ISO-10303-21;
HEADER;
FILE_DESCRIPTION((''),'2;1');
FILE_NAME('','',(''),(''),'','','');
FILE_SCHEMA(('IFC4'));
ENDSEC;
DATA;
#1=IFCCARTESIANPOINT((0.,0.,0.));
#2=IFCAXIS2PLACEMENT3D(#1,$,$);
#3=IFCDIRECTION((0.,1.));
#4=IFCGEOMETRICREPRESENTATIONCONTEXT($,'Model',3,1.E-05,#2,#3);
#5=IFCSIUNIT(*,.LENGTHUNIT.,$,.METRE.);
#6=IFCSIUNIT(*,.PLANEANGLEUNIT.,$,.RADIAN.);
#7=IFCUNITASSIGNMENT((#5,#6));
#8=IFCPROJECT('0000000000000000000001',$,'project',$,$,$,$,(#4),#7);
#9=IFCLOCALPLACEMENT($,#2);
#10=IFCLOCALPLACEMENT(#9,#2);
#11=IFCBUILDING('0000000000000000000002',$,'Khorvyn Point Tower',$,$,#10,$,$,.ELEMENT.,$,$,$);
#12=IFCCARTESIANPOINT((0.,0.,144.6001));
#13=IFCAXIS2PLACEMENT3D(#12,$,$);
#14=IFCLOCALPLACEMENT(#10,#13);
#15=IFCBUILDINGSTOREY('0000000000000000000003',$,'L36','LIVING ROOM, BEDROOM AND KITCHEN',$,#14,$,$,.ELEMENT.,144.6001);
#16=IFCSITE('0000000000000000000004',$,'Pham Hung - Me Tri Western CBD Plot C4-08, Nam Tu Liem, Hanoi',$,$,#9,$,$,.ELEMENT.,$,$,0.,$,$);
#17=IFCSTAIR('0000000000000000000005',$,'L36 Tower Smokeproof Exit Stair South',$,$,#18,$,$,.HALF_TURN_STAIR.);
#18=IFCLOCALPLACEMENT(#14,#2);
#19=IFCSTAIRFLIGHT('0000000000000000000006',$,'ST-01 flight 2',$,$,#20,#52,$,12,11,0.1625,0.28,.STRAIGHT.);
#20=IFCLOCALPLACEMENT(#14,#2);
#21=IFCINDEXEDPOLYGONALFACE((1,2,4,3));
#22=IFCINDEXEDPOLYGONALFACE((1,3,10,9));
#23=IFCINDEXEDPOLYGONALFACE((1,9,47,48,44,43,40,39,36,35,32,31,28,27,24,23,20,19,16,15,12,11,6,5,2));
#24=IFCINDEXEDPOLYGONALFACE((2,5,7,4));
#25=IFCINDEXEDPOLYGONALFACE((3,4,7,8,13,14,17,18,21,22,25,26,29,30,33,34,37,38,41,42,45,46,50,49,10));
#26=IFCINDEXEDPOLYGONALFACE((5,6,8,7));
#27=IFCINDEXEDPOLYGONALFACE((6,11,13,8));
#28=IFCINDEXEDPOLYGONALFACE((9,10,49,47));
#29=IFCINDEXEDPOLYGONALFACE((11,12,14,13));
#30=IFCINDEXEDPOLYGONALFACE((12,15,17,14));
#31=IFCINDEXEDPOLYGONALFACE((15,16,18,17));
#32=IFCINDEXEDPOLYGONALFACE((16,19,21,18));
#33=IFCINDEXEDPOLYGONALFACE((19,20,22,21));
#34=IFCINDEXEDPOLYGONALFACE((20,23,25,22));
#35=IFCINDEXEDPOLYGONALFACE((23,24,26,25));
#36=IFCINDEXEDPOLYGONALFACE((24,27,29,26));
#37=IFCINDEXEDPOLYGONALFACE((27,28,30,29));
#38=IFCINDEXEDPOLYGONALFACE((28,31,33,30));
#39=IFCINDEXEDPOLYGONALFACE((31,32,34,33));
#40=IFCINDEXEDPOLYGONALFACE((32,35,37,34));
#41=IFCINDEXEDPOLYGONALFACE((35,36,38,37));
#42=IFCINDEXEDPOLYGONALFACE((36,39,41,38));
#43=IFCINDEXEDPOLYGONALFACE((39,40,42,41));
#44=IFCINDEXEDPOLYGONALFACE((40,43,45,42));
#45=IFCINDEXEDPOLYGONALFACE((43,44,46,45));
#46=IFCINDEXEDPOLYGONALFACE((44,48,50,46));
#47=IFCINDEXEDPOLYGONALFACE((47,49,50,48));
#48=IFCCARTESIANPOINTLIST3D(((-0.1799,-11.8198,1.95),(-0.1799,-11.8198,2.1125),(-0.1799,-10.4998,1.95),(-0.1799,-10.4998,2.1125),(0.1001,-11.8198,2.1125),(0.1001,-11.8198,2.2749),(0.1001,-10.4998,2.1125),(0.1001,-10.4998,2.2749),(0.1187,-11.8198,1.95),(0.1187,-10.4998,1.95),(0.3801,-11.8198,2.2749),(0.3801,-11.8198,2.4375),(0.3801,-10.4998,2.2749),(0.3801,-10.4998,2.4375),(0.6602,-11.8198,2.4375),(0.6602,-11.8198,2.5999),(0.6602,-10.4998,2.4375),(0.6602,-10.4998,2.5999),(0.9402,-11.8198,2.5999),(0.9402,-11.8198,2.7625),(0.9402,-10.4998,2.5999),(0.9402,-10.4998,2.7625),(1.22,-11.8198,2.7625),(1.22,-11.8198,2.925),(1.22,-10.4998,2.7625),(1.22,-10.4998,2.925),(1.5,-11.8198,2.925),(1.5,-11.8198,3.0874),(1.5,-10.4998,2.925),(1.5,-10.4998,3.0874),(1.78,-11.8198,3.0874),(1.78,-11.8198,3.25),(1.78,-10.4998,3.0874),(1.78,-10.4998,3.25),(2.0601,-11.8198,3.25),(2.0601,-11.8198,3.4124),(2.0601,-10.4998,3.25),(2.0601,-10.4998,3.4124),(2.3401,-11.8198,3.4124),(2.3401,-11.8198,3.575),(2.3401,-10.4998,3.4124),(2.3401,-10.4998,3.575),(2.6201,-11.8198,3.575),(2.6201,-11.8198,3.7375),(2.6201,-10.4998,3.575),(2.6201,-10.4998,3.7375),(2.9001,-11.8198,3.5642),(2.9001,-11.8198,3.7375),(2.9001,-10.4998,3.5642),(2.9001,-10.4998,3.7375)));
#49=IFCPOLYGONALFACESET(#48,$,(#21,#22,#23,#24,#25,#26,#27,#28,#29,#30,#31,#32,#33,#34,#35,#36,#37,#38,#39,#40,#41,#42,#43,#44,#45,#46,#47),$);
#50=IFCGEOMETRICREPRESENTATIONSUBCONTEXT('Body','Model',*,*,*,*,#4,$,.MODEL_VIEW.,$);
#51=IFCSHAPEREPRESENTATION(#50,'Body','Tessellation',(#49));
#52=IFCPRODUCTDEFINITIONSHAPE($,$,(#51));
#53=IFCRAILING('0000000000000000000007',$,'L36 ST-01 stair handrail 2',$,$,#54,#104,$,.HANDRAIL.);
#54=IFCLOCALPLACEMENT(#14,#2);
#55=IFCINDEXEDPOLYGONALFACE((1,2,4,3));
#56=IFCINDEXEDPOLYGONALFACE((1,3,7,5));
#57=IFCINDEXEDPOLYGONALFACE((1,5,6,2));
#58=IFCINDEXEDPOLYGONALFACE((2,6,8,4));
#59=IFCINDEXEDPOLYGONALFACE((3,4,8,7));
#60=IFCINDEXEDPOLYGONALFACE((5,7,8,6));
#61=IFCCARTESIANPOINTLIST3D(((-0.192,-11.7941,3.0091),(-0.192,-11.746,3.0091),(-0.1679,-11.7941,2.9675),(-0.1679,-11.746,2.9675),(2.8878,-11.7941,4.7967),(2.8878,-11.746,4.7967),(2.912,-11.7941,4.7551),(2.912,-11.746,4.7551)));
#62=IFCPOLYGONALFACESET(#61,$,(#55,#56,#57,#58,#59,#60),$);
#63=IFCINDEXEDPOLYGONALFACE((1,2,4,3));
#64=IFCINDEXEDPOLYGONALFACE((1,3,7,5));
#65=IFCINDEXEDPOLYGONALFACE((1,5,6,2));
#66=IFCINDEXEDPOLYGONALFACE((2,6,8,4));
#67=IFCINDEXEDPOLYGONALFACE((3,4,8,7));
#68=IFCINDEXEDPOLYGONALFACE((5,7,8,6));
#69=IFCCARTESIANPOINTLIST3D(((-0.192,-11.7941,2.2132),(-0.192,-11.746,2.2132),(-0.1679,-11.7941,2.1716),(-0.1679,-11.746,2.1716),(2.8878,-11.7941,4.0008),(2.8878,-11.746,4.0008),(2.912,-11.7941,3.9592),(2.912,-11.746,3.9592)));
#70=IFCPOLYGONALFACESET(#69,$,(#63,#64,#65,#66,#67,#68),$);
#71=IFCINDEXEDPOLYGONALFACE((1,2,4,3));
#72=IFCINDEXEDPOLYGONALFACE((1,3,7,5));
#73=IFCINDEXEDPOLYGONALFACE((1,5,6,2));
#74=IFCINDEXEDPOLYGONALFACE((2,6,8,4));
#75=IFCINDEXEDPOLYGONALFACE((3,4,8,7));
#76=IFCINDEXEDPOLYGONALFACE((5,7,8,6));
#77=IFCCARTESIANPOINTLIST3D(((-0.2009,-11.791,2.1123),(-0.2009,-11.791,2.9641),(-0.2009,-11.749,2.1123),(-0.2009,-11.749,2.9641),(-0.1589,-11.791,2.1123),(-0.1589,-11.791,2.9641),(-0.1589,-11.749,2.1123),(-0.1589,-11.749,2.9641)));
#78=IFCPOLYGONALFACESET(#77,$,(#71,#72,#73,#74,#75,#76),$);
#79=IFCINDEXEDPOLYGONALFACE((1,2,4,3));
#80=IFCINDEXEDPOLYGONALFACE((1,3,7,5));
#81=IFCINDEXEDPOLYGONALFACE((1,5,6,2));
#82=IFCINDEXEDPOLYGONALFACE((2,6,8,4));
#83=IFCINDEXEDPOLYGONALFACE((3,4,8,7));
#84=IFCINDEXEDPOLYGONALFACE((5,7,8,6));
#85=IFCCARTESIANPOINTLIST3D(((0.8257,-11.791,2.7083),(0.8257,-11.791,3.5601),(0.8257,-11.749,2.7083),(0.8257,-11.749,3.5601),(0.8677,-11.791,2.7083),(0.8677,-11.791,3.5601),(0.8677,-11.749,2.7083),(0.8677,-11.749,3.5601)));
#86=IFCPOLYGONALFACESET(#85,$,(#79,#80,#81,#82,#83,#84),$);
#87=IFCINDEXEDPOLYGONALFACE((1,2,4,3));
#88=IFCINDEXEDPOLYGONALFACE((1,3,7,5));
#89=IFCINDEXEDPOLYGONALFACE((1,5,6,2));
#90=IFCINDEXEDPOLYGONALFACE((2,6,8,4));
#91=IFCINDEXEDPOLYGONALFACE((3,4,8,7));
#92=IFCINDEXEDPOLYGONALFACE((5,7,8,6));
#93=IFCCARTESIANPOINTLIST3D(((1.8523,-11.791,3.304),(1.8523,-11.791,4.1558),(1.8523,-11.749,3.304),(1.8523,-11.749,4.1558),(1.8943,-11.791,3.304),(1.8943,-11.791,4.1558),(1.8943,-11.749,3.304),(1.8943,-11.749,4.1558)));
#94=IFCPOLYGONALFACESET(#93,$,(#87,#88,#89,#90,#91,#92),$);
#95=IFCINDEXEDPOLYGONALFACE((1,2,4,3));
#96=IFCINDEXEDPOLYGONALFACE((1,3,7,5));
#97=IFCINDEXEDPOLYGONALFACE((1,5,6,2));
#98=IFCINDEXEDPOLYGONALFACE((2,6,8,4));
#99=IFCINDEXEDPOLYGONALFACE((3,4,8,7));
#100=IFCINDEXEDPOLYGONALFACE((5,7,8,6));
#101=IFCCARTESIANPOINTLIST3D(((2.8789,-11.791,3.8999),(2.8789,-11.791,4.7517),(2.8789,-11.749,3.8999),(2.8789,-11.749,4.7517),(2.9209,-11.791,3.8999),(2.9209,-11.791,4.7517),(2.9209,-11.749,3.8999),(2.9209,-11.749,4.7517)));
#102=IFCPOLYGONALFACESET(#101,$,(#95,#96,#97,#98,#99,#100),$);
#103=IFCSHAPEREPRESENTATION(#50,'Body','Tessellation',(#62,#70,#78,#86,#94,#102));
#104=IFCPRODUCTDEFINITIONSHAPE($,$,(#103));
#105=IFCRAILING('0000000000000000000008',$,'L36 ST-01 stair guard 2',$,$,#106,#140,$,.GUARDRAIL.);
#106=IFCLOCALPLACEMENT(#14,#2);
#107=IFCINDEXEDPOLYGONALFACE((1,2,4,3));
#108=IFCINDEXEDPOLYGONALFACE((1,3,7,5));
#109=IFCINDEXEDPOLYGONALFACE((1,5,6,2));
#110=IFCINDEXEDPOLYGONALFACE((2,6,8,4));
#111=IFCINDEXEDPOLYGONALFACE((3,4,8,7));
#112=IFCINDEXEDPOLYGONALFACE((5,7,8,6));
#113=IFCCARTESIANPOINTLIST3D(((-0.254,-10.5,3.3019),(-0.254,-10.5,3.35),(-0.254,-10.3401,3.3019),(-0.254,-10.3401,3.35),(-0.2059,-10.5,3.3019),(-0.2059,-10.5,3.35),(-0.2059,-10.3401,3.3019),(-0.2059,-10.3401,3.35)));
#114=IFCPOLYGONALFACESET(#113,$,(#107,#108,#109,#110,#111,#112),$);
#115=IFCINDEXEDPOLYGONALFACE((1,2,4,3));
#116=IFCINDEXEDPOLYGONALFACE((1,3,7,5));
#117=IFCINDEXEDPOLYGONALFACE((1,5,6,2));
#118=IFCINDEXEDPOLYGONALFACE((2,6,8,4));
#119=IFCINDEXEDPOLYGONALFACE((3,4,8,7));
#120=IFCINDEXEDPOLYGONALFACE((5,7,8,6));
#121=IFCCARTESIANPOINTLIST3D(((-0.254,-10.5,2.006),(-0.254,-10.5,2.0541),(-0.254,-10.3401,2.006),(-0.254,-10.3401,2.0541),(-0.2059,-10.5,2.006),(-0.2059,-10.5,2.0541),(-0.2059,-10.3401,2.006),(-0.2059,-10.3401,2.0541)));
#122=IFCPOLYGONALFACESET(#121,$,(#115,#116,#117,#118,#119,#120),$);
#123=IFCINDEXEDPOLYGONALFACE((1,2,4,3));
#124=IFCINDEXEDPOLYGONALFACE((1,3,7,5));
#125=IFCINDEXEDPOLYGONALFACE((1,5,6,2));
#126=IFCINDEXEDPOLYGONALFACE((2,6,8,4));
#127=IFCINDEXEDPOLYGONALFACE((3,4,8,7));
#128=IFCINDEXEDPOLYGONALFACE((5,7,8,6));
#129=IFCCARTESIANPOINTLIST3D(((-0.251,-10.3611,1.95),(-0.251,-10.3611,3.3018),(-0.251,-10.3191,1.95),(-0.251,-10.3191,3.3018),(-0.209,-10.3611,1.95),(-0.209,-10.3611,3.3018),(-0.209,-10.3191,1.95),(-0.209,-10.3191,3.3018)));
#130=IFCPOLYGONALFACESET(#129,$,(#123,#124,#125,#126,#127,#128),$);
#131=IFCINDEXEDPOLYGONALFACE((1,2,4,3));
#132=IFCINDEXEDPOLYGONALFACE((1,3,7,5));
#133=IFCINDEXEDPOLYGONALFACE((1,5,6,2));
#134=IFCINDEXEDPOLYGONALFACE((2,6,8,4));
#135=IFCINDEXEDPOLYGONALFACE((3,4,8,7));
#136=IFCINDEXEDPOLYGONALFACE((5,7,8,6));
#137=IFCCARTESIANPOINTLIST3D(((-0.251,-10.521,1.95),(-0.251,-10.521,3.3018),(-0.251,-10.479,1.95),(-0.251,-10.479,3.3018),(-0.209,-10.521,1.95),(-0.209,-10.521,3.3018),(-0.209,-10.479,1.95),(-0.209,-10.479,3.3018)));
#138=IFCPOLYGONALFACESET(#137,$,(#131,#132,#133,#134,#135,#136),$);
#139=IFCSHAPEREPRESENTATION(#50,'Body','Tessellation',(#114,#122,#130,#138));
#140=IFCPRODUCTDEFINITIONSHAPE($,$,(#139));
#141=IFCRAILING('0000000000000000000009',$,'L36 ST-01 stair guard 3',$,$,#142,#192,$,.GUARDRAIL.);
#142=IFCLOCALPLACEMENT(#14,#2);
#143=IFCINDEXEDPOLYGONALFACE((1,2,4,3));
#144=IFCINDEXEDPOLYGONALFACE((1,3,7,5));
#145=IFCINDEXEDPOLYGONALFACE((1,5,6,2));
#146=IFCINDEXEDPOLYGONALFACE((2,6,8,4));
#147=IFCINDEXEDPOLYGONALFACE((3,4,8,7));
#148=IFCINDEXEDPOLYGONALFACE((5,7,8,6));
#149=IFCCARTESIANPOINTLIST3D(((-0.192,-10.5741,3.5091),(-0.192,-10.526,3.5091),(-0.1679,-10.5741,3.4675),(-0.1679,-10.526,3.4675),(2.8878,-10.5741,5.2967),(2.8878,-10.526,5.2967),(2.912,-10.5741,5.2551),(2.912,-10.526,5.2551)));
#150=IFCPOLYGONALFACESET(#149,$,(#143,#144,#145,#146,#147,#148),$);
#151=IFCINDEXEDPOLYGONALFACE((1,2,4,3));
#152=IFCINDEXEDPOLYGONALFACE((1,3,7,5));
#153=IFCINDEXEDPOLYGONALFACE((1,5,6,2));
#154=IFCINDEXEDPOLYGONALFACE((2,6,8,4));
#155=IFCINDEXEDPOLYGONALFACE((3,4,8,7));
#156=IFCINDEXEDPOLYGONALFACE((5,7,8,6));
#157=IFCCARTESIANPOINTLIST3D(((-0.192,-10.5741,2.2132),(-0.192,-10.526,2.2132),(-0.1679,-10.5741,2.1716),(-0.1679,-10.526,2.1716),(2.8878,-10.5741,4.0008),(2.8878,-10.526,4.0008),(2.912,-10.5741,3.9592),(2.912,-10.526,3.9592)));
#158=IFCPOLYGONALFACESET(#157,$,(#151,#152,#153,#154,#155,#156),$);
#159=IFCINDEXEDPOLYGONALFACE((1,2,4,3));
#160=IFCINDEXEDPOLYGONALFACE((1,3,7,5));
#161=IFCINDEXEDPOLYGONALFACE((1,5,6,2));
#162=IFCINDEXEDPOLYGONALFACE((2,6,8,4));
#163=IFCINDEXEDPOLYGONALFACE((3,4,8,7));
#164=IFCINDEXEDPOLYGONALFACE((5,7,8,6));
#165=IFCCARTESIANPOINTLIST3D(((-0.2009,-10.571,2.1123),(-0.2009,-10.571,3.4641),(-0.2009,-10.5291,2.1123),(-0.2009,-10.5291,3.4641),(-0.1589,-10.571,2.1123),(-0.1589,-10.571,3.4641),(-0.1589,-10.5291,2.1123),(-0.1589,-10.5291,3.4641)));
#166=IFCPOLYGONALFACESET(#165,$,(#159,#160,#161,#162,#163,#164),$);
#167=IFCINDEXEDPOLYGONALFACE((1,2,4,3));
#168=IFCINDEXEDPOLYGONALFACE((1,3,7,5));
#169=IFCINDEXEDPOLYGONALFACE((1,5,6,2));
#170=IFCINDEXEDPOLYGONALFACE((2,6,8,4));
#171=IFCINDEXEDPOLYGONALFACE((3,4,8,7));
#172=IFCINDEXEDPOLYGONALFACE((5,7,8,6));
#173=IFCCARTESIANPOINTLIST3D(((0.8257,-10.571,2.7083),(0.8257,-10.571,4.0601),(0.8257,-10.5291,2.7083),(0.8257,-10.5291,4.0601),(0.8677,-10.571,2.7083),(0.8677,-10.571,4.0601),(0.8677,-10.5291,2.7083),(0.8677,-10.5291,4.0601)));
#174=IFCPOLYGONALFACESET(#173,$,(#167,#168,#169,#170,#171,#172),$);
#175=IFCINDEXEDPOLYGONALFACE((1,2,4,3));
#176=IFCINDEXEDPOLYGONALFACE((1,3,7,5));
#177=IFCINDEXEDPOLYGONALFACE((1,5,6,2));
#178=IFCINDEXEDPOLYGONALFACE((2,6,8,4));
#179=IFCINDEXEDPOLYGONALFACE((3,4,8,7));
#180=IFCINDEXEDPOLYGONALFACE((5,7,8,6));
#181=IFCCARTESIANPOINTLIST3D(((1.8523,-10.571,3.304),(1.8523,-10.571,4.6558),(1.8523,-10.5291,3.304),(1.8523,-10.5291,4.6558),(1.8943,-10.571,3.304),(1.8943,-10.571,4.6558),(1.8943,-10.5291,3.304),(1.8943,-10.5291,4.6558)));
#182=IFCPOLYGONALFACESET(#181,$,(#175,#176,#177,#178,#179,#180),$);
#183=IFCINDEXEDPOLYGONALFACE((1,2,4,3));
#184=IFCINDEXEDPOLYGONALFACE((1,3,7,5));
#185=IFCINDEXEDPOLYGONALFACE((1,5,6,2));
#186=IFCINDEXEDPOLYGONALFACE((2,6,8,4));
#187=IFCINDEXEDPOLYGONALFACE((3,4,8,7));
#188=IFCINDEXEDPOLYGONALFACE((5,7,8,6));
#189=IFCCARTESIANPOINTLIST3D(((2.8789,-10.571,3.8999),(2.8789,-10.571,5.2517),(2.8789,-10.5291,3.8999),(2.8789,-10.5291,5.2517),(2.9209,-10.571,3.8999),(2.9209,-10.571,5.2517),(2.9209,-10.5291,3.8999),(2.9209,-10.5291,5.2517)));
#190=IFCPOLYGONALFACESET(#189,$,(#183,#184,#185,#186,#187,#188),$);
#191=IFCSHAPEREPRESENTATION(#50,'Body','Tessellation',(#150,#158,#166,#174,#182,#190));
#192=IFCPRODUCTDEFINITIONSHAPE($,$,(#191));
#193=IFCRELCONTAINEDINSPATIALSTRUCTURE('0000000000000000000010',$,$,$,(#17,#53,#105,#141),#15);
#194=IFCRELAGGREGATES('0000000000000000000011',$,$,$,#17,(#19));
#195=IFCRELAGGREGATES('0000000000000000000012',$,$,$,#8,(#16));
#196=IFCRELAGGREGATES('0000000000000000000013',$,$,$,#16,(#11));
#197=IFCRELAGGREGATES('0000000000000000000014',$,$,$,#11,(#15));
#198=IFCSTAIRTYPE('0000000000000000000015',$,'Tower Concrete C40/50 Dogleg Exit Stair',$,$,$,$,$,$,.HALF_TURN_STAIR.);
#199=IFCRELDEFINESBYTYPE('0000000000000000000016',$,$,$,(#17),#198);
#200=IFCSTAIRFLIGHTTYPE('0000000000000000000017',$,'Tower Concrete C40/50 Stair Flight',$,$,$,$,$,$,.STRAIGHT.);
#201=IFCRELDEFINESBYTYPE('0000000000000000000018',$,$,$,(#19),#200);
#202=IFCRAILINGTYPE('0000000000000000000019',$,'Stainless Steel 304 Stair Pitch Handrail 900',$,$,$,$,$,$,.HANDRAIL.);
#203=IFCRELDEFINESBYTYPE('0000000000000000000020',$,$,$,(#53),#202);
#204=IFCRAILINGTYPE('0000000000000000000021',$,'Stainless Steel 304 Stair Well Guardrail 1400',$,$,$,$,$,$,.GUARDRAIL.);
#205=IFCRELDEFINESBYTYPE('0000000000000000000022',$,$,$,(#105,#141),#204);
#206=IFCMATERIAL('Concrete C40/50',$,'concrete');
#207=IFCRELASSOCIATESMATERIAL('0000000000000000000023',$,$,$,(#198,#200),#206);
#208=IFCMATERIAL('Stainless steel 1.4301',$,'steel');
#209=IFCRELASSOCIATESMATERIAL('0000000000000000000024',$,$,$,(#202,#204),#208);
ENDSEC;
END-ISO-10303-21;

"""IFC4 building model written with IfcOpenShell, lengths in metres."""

from ifc_helpers import new_model, si_unit, direction, frame, origin, origin_2d, place, context, subcontext, project, spatial, polyline, rectangle, outline, extrude, material, type_object, element, aggregate, save


model = new_model("IFC4")

# Units and contexts
model_context = context("Model", 3, precision=1e-05, world=origin(), true_north=direction((0.0, 1.0)))
body_context = subcontext(model_context, "Body", "Model", "MODEL_VIEW")
ifc_project = project(units=[si_unit("LENGTHUNIT", "METRE"), si_unit("PLANEANGLEUNIT", "RADIAN")], contexts=[model_context])

# Site, building, storey
site_placement = place(None, origin())
site = spatial("IfcSite", under=ifc_project, at=site_placement, Name="Pham Hung - Me Tri Western CBD Plot C4-08, Nam Tu Liem, Hanoi", CompositionType="ELEMENT", RefElevation=0.0)
building_placement = place(site_placement, origin())
building = spatial("IfcBuilding", under=site, at=building_placement, Name="Khorvyn Point Tower", CompositionType="ELEMENT")
storey_placement = place(building_placement, frame((0.0, 0.0, 144.6001)))
storey = spatial("IfcBuildingStorey", under=building, at=storey_placement, Name="L36", Description="LIVING ROOM, BEDROOM AND KITCHEN", CompositionType="ELEMENT", Elevation=144.6001)

# Shared definitions
ifc_material_1 = material(Name="Concrete C40/50", Category="concrete")

# Stair, stair flight
stair_type = type_object("IfcStairType", Name="Tower Concrete C40/50 Dogleg Exit Stair", PredefinedType="HALF_TURN_STAIR", material=ifc_material_1)
stair_placement = place(storey_placement, origin())
stair = element("IfcStair", 1, at=stair_placement, inside=storey, type_object=stair_type, Name="L36 Tower Smokeproof Exit Stair South", PredefinedType="HALF_TURN_STAIR")
stair_flight_type = type_object("IfcStairFlightType", Name="Tower Concrete C40/50 Stair Flight", PredefinedType="STRAIGHT", material=ifc_material_1)
stair_flight_placement = place(storey_placement, frame((-0.1799, -11.1599, 1.95), z_axis=(0.0, 0.0, 1.0), x_axis=(1.0, 0.0, 0.0)))
stair_flight = element("IfcStairFlight", 2, at=stair_flight_placement, type_object=stair_flight_type, Name="ST-01 flight 2", NumberOfRisers=12, NumberOfTreads=11, PredefinedType="STRAIGHT", RiserHeight=0.1625, TreadLength=0.28, context=body_context, shape_type="SweptSolid", body=[
    extrude(outline(polyline([(0.0, 0.0), (0.0, 0.1626), (0.28, 0.1626), (0.28, 0.325), (0.5601, 0.325), (0.5601, 0.4875), (0.8401, 0.4875), (0.8401, 0.6499), (1.1201, 0.6499), (1.1201, 0.8125), (1.3999, 0.8125), (1.3999, 0.9751), (1.6799, 0.9751), (1.6799, 1.1375), (1.96, 1.1375), (1.96, 1.3), (2.24, 1.3), (2.24, 1.4624), (2.52, 1.4624), (2.52, 1.625), (2.8, 1.625), (2.8, 1.7876), (3.0801, 1.7876), (3.0801, 1.95), (3.0801, 1.6143), (0.2986, 0.0), (0.0, 0.0)])), frame((0.0, 0.6602, 0.0), z_axis=(0.0, -1.0, 0.0), x_axis=(1.0, 0.0, 0.0)), (0.0, 0.0, 1.0), 1.3201),
])
aggregate(stair, [stair_flight])

# Railings
ifc_material_2 = material(Name="Stainless steel 1.4301", Category="steel")
railing_type_1 = type_object("IfcRailingType", Name="Stainless Steel 304 Stair Pitch Handrail 900", PredefinedType="HANDRAIL", material=ifc_material_2)
railing_1_placement = place(storey_placement, frame((-0.1799, -11.77, 2.1123)))
element("IfcRailing", 3, at=railing_1_placement, inside=storey, type_object=railing_type_1, Name="L36 ST-01 stair handrail 2", PredefinedType="HANDRAIL", context=body_context, shape_type="SweptSolid", body=[
    extrude(rectangle(XDim=0.0481, YDim=0.0481, at=origin_2d()), frame((0.0, 0.0, 0.876), z_axis=(0.864873, 0.0, 0.50199), x_axis=(0.0, 1.0, 0.0)), (0.0, 0.0, 1.0), 3.561),
    extrude(rectangle(XDim=0.0481, YDim=0.0481, at=origin_2d()), frame((0.0, 0.0, 0.0801), z_axis=(0.864873, 0.0, 0.50199), x_axis=(0.0, 1.0, 0.0)), (0.0, 0.0, 1.0), 3.561),
    extrude(rectangle(XDim=0.042, YDim=0.042, at=origin_2d()), origin(), (0.0, 0.0, 1.0), 0.8518),
    extrude(rectangle(XDim=0.042, YDim=0.042, at=origin_2d()), frame((1.0266, 0.0, 0.5959)), (0.0, 0.0, 1.0), 0.8518),
    extrude(rectangle(XDim=0.042, YDim=0.042, at=origin_2d()), frame((2.0532, 0.0, 1.1917)), (0.0, 0.0, 1.0), 0.8518),
    extrude(rectangle(XDim=0.042, YDim=0.042, at=origin_2d()), frame((3.0798, 0.0, 1.7876)), (0.0, 0.0, 1.0), 0.8518),
])
railing_type_2 = type_object("IfcRailingType", Name="Stainless Steel 304 Stair Well Guardrail 1400", PredefinedType="GUARDRAIL", material=ifc_material_2)
railing_2_placement = place(storey_placement, frame((-0.23, -10.3401, 1.95)))
element("IfcRailing", 4, at=railing_2_placement, inside=storey, type_object=railing_type_2, Name="L36 ST-01 stair guard 2", PredefinedType="GUARDRAIL", context=body_context, shape_type="SweptSolid", body=[
    extrude(rectangle(XDim=0.0481, YDim=0.0481, at=origin_2d()), frame((0.0, 0.0, 1.376), z_axis=(0.0, -1.0, 0.0), x_axis=(1.0, 0.0, 0.0)), (0.0, 0.0, 1.0), 0.1599),
    extrude(rectangle(XDim=0.0481, YDim=0.0481, at=origin_2d()), frame((0.0, 0.0, 0.0801), z_axis=(0.0, -1.0, 0.0), x_axis=(1.0, 0.0, 0.0)), (0.0, 0.0, 1.0), 0.1599),
    extrude(rectangle(XDim=0.042, YDim=0.042, at=origin_2d()), origin(), (0.0, 0.0, 1.0), 1.3518),
    extrude(rectangle(XDim=0.042, YDim=0.042, at=origin_2d()), frame((0.0, -0.1599, 0.0)), (0.0, 0.0, 1.0), 1.3518),
])
railing_3_placement = place(storey_placement, frame((-0.1799, -10.55, 2.1123)))
element("IfcRailing", 5, at=railing_3_placement, inside=storey, type_object=railing_type_2, Name="L36 ST-01 stair guard 3", PredefinedType="GUARDRAIL", context=body_context, shape_type="SweptSolid", body=[
    extrude(rectangle(XDim=0.0481, YDim=0.0481, at=origin_2d()), frame((0.0, 0.0, 1.376), z_axis=(0.864873, 0.0, 0.50199), x_axis=(0.0, 1.0, 0.0)), (0.0, 0.0, 1.0), 3.561),
    extrude(rectangle(XDim=0.0481, YDim=0.0481, at=origin_2d()), frame((0.0, 0.0, 0.0801), z_axis=(0.864873, 0.0, 0.50199), x_axis=(0.0, 1.0, 0.0)), (0.0, 0.0, 1.0), 3.561),
    extrude(rectangle(XDim=0.042, YDim=0.042, at=origin_2d()), origin(), (0.0, 0.0, 1.0), 1.3518),
    extrude(rectangle(XDim=0.042, YDim=0.042, at=origin_2d()), frame((1.0266, 0.0, 0.5959)), (0.0, 0.0, 1.0), 1.3518),
    extrude(rectangle(XDim=0.042, YDim=0.042, at=origin_2d()), frame((2.0532, 0.0, 1.1917)), (0.0, 0.0, 1.0), 1.3518),
    extrude(rectangle(XDim=0.042, YDim=0.042, at=origin_2d()), frame((3.0798, 0.0, 1.7876)), (0.0, 0.0, 1.0), 1.3518),
])

save(model, "model.ifc")
